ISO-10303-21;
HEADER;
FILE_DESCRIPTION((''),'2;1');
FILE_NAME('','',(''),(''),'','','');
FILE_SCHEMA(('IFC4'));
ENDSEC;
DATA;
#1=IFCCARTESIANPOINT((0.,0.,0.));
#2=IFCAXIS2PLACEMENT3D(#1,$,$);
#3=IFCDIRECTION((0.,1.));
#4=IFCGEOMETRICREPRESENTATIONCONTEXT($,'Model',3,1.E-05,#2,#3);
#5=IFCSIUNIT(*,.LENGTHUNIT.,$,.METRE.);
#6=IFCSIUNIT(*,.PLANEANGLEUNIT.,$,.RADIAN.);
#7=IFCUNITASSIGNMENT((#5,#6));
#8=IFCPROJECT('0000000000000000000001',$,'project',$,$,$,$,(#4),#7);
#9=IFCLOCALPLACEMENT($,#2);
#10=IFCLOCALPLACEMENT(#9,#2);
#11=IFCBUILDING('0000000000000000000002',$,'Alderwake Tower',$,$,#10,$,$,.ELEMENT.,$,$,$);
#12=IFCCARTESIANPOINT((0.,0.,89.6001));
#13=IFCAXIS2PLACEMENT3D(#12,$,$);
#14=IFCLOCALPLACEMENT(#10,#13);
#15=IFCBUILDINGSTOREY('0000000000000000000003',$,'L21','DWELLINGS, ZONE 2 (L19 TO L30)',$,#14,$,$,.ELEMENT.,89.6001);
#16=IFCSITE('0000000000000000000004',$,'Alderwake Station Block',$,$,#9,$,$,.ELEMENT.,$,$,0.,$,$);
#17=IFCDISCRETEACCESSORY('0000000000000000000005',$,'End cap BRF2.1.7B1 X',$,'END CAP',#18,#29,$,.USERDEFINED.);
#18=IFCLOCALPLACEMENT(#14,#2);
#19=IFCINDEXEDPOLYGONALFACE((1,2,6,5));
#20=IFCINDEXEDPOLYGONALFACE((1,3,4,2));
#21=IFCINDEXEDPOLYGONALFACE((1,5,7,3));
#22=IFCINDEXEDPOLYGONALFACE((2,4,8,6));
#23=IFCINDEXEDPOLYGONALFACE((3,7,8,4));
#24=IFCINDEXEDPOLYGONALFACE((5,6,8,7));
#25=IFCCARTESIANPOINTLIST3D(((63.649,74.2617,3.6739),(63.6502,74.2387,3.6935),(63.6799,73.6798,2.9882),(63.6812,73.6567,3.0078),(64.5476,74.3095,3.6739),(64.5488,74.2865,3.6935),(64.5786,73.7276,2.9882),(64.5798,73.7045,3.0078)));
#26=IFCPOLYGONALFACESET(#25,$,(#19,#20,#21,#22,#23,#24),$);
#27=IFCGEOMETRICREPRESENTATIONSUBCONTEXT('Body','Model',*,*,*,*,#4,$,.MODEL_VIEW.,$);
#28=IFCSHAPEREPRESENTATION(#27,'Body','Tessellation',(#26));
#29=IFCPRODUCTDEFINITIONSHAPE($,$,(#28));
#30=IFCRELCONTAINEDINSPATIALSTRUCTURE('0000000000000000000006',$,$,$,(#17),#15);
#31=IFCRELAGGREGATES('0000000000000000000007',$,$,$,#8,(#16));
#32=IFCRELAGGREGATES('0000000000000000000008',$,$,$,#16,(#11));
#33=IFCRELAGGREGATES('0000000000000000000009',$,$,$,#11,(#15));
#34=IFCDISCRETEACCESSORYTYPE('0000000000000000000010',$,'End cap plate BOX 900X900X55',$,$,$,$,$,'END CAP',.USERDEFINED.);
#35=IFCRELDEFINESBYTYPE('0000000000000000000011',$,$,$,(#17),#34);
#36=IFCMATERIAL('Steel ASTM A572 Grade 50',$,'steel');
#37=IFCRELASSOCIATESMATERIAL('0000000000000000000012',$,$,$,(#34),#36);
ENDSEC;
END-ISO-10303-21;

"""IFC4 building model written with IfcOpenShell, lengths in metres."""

from ifc_helpers import new_model, si_unit, direction, frame, origin, origin_2d, place, context, subcontext, project, spatial, rectangle, extrude, material, material_profile, profile_set, type_object, element, save


model = new_model("IFC4")

# Units and contexts
model_context = context("Model", 3, precision=1e-05, world=origin(), true_north=direction((0.0, 1.0)))
body_context = subcontext(model_context, "Body", "Model", "MODEL_VIEW")
ifc_project = project(units=[si_unit("LENGTHUNIT", "METRE"), si_unit("PLANEANGLEUNIT", "RADIAN")], contexts=[model_context])

# Site, building, storey
site_placement = place(None, origin())
site = spatial("IfcSite", under=ifc_project, at=site_placement, Name="Alderwake Station Block", CompositionType="ELEMENT", RefElevation=0.0)
building_placement = place(site_placement, origin())
building = spatial("IfcBuilding", under=site, at=building_placement, Name="Alderwake Tower", CompositionType="ELEMENT")
storey_placement = place(building_placement, frame((0.0, 0.0, 89.6001)))
storey = spatial("IfcBuildingStorey", under=building, at=storey_placement, Name="L21", Description="DWELLINGS, ZONE 2 (L19 TO L30)", CompositionType="ELEMENT", Elevation=89.6001)

# Discrete accessory
ifc_material_1 = material(Name="Steel ASTM A572 Grade 50", Category="steel")
ifc_material_profile_1 = material_profile(ifc_material_1, rectangle(XDim=0.8999, YDim=0.8999, at=origin_2d()), Name="BOX 900X900X55 cap")
ifc_profile_set_1 = profile_set([ifc_material_profile_1], Name="Steel ASTM A572 Grade 50")
discrete_accessory_type = type_object("IfcDiscreteAccessoryType", Name="End cap plate BOX 900X900X55", ElementType="END CAP", PredefinedType="USERDEFINED", material=ifc_profile_set_1)
discrete_accessory_placement = place(storey_placement, frame((64.1138, 73.9946, 3.3311), z_axis=(0.040474, -0.760915, 0.647588), x_axis=(0.998588, 0.053116, 0.0)))
element("IfcDiscreteAccessory", 1, at=discrete_accessory_placement, inside=storey, type_object=discrete_accessory_type, Name="End cap BRF2.1.7B1 X", ObjectType="END CAP", PredefinedType="USERDEFINED", context=body_context, shape_type="SweptSolid", body=[
    extrude(rectangle(XDim=0.8999, YDim=0.8999, at=origin_2d()), origin(), (0.0, 0.0, 1.0), 0.0303),
])

save(model, "model.ifc")
